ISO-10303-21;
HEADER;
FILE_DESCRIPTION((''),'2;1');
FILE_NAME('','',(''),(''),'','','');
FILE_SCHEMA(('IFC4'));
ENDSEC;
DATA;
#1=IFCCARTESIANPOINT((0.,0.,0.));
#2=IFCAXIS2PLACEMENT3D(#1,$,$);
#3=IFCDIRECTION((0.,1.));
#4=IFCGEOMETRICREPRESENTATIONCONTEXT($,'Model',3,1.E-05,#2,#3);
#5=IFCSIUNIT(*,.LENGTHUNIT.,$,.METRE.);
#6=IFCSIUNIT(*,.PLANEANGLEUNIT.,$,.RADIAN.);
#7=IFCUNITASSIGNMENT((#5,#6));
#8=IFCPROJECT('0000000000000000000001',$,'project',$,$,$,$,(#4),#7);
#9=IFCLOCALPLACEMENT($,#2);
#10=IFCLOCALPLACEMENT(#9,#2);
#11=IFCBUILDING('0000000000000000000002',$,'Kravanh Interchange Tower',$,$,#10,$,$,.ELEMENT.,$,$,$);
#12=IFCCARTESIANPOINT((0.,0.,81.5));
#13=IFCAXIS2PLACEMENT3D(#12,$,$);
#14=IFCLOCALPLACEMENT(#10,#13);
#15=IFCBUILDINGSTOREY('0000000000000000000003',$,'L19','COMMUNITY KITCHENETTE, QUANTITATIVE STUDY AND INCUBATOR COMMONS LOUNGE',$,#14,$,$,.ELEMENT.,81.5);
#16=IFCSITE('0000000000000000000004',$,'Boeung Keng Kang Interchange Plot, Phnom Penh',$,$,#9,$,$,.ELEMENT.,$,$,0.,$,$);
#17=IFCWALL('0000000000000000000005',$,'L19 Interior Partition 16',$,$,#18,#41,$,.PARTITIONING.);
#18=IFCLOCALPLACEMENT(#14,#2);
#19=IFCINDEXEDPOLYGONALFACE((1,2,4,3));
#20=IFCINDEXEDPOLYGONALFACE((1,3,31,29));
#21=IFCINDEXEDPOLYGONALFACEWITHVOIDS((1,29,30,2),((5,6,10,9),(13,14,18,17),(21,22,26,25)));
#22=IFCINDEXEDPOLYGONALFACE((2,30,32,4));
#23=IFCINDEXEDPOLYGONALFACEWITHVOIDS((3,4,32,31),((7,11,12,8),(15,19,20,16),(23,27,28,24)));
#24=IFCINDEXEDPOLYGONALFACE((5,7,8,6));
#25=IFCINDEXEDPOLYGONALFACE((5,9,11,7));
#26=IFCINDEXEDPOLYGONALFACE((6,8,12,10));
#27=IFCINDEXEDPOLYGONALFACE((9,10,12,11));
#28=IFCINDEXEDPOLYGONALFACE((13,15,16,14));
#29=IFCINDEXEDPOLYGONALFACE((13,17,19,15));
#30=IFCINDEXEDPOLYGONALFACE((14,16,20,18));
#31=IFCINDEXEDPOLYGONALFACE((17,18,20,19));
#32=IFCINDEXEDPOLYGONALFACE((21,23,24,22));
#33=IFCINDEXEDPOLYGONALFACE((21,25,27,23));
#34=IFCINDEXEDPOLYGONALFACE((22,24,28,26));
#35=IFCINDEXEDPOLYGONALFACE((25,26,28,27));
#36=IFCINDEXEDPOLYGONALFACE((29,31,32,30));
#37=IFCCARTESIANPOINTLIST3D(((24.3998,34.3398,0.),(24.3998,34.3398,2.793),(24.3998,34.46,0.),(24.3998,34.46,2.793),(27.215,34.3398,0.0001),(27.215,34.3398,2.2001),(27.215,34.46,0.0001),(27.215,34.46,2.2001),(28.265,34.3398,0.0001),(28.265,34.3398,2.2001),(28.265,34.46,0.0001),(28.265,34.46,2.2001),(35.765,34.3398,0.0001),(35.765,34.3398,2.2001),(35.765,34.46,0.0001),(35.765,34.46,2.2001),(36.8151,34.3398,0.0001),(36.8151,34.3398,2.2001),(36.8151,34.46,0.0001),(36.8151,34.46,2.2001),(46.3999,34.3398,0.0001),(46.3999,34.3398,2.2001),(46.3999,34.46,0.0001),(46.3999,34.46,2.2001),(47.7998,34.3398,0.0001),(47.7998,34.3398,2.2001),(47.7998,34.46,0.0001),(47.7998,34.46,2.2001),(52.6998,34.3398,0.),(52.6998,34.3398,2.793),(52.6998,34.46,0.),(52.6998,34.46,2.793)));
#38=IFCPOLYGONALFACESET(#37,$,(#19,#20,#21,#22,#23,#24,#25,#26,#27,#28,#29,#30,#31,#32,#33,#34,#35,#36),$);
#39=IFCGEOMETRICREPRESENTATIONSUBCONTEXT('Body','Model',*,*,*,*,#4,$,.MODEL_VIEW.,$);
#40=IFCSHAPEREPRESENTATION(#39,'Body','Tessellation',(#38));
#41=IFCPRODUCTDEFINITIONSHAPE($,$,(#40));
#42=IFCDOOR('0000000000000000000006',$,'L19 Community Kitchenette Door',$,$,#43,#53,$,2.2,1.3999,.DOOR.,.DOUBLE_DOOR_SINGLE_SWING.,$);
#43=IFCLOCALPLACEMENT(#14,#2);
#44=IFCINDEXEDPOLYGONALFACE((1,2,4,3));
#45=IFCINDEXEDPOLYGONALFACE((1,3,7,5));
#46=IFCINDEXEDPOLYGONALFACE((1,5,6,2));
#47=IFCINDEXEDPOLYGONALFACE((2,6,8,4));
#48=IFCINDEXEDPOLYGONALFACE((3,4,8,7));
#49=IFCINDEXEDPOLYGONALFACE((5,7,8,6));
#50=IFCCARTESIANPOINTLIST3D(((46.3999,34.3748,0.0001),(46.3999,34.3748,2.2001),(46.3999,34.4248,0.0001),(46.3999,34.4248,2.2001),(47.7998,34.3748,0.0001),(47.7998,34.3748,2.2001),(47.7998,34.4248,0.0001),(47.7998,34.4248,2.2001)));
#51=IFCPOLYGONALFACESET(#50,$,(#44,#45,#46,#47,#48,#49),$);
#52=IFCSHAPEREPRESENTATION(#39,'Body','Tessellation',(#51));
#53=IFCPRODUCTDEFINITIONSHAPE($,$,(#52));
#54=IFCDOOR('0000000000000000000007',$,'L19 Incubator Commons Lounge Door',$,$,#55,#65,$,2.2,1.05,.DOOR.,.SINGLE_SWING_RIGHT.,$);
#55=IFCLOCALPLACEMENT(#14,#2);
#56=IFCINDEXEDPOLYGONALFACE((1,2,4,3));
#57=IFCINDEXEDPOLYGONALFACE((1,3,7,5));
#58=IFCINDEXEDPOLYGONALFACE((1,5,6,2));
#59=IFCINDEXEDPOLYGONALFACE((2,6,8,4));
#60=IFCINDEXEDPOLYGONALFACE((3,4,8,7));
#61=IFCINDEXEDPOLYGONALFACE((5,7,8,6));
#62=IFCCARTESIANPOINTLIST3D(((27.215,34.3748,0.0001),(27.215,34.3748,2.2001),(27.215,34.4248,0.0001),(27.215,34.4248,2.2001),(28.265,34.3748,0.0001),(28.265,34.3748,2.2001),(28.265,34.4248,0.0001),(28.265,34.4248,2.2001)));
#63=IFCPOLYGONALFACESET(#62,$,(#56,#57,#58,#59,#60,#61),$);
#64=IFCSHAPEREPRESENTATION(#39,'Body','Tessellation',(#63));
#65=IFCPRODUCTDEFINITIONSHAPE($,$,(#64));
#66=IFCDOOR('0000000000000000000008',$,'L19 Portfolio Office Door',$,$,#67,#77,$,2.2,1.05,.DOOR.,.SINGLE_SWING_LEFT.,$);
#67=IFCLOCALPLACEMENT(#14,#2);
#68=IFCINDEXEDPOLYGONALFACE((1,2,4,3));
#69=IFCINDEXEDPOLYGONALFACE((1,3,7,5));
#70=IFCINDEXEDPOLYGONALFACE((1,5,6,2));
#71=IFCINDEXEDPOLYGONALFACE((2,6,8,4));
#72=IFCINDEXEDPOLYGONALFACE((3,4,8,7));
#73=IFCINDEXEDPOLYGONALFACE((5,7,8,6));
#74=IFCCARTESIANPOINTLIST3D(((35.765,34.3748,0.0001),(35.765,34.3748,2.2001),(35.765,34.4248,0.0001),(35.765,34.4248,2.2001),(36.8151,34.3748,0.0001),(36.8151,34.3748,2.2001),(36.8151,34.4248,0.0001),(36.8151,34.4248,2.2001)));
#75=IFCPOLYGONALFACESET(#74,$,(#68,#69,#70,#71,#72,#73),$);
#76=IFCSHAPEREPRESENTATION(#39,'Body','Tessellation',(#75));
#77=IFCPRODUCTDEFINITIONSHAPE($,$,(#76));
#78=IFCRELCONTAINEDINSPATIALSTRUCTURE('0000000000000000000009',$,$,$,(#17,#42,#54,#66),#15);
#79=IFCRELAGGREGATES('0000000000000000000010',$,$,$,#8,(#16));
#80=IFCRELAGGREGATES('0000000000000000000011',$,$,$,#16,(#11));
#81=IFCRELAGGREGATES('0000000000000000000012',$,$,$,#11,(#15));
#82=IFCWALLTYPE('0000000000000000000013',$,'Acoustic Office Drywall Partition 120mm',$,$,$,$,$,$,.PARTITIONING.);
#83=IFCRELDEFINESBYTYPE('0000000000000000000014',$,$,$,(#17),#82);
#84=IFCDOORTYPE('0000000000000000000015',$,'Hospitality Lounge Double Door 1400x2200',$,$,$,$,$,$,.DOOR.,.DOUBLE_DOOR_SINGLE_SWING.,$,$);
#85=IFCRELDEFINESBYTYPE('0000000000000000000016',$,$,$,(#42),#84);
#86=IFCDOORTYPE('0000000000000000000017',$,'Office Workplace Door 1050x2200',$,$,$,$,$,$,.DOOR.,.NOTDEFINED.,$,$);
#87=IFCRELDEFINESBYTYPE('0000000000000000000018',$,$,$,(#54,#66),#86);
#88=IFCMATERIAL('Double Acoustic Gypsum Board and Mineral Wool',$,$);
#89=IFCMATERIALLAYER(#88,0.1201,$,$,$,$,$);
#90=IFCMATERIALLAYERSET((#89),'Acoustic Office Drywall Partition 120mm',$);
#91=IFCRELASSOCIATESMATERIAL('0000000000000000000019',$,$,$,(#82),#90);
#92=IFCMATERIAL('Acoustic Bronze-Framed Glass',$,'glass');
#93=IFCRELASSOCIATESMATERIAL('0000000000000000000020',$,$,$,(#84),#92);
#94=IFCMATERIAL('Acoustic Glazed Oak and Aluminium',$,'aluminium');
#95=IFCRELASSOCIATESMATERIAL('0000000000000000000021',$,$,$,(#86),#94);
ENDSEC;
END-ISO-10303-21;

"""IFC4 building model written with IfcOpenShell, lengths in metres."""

from ifc_helpers import new_model, si_unit, direction, frame, frame_2d, origin, place, context, subcontext, project, spatial, rectangle, extrude, material, layer, layer_set, type_object, element, fill, save


model = new_model("IFC4")

# Units and contexts
model_context = context("Model", 3, precision=1e-05, world=origin(), true_north=direction((0.0, 1.0)))
body_context = subcontext(model_context, "Body", "Model", "MODEL_VIEW")
ifc_project = project(units=[si_unit("LENGTHUNIT", "METRE"), si_unit("PLANEANGLEUNIT", "RADIAN")], contexts=[model_context])

# Site, building, storey
site_placement = place(None, origin())
site = spatial("IfcSite", under=ifc_project, at=site_placement, Name="Boeung Keng Kang Interchange Plot, Phnom Penh", CompositionType="ELEMENT", RefElevation=0.0)
building_placement = place(site_placement, origin())
building = spatial("IfcBuilding", under=site, at=building_placement, Name="Kravanh Interchange Tower", CompositionType="ELEMENT")
storey_placement = place(building_placement, frame((0.0, 0.0, 81.5)))
storey = spatial("IfcBuildingStorey", under=building, at=storey_placement, Name="L19", Description="COMMUNITY KITCHENETTE, QUANTITATIVE STUDY AND INCUBATOR COMMONS LOUNGE", CompositionType="ELEMENT", Elevation=81.5)

# Wall, openings, doors
ifc_material_1 = material(Name="Double Acoustic Gypsum Board and Mineral Wool")
ifc_layer = layer(ifc_material_1, 0.1201)
ifc_layer_set = layer_set([ifc_layer], Name="Acoustic Office Drywall Partition 120mm")
wall_type = type_object("IfcWallType", Name="Acoustic Office Drywall Partition 120mm", PredefinedType="PARTITIONING", material=ifc_layer_set)
wall_placement = place(storey_placement, frame((24.3999, 34.3999, 0.0), z_axis=(0.0, 0.0, 1.0), x_axis=(1.0, 0.0, 0.0)))
wall = element("IfcWall", 1, at=wall_placement, inside=storey, type_object=wall_type, Name="L19 Interior Partition 16", PredefinedType="PARTITIONING", context=body_context, shape_type="SweptSolid", body=[
    extrude(rectangle(XDim=28.3, YDim=0.1201, at=frame_2d((14.1499, 0.0))), origin(), (0.0, 0.0, 1.0), 2.793),
])
opening_1_placement = place(wall_placement, frame((2.8152, 0.0, 0.0)))
opening_1 = element("IfcOpeningElement", 2, at=opening_1_placement, cuts=wall, PredefinedType="OPENING", context=body_context, shape_type="SweptSolid", body=[
    extrude(rectangle(XDim=1.05, YDim=2.2, at=frame_2d((0.5249, 1.1001))), frame((0.0, 0.0701, 0.0), z_axis=(0.0, -1.0, 0.0), x_axis=(1.0, 0.0, 0.0)), (0.0, 0.0, 1.0), 0.1401),
])
opening_2_placement = place(wall_placement, frame((11.3652, 0.0, 0.0)))
opening_2 = element("IfcOpeningElement", 3, at=opening_2_placement, cuts=wall, PredefinedType="OPENING", context=body_context, shape_type="SweptSolid", body=[
    extrude(rectangle(XDim=1.05, YDim=2.2, at=frame_2d((0.5249, 1.1001))), frame((0.0, 0.0701, 0.0), z_axis=(0.0, -1.0, 0.0), x_axis=(1.0, 0.0, 0.0)), (0.0, 0.0, 1.0), 0.1401),
])
opening_3_placement = place(wall_placement, frame((22.0, 0.0, 0.0)))
opening_3 = element("IfcOpeningElement", 4, at=opening_3_placement, cuts=wall, PredefinedType="OPENING", context=body_context, shape_type="SweptSolid", body=[
    extrude(rectangle(XDim=1.3999, YDim=2.2, at=frame_2d((0.7, 1.1001))), frame((0.0, 0.0701, 0.0), z_axis=(0.0, -1.0, 0.0), x_axis=(1.0, 0.0, 0.0)), (0.0, 0.0, 1.0), 0.1401),
])
ifc_material_2 = material(Name="Acoustic Bronze-Framed Glass", Category="glass")
door_type_1 = type_object("IfcDoorType", Name="Hospitality Lounge Double Door 1400x2200", OperationType="DOUBLE_DOOR_SINGLE_SWING", PredefinedType="DOOR", material=ifc_material_2)
door_1_placement = place(opening_3_placement, origin())
door_1 = element("IfcDoor", 5, at=door_1_placement, inside=storey, type_object=door_type_1, Name="L19 Community Kitchenette Door", OperationType="DOUBLE_DOOR_SINGLE_SWING", OverallHeight=2.2, OverallWidth=1.3999, PredefinedType="DOOR", context=body_context, shape_type="SweptSolid", body=[
    extrude(rectangle(XDim=1.3999, YDim=2.2, at=frame_2d((0.7, 1.1001))), frame((0.0, 0.0249, 0.0), z_axis=(0.0, -1.0, 0.0), x_axis=(1.0, 0.0, 0.0)), (0.0, 0.0, 1.0), 0.05),
])
fill(opening_3, door_1)
ifc_material_3 = material(Name="Acoustic Glazed Oak and Aluminium", Category="aluminium")
door_type_2 = type_object("IfcDoorType", Name="Office Workplace Door 1050x2200", OperationType="NOTDEFINED", PredefinedType="DOOR", material=ifc_material_3)
door_2_placement = place(opening_1_placement, origin())
door_2 = element("IfcDoor", 6, at=door_2_placement, inside=storey, type_object=door_type_2, Name="L19 Incubator Commons Lounge Door", OperationType="SINGLE_SWING_RIGHT", OverallHeight=2.2, OverallWidth=1.05, PredefinedType="DOOR", context=body_context, shape_type="SweptSolid", body=[
    extrude(rectangle(XDim=1.05, YDim=2.2, at=frame_2d((0.5249, 1.1001))), frame((0.0, 0.0249, 0.0), z_axis=(0.0, -1.0, 0.0), x_axis=(1.0, 0.0, 0.0)), (0.0, 0.0, 1.0), 0.05),
])
fill(opening_1, door_2)
door_3_placement = place(opening_2_placement, origin())
door_3 = element("IfcDoor", 7, at=door_3_placement, inside=storey, type_object=door_type_2, Name="L19 Portfolio Office Door", OperationType="SINGLE_SWING_LEFT", OverallHeight=2.2, OverallWidth=1.05, PredefinedType="DOOR", context=body_context, shape_type="SweptSolid", body=[
    extrude(rectangle(XDim=1.05, YDim=2.2, at=frame_2d((0.5249, 1.1001))), frame((0.0, 0.0249, 0.0), z_axis=(0.0, -1.0, 0.0), x_axis=(1.0, 0.0, 0.0)), (0.0, 0.0, 1.0), 0.05),
])
fill(opening_2, door_3)

save(model, "model.ifc")
